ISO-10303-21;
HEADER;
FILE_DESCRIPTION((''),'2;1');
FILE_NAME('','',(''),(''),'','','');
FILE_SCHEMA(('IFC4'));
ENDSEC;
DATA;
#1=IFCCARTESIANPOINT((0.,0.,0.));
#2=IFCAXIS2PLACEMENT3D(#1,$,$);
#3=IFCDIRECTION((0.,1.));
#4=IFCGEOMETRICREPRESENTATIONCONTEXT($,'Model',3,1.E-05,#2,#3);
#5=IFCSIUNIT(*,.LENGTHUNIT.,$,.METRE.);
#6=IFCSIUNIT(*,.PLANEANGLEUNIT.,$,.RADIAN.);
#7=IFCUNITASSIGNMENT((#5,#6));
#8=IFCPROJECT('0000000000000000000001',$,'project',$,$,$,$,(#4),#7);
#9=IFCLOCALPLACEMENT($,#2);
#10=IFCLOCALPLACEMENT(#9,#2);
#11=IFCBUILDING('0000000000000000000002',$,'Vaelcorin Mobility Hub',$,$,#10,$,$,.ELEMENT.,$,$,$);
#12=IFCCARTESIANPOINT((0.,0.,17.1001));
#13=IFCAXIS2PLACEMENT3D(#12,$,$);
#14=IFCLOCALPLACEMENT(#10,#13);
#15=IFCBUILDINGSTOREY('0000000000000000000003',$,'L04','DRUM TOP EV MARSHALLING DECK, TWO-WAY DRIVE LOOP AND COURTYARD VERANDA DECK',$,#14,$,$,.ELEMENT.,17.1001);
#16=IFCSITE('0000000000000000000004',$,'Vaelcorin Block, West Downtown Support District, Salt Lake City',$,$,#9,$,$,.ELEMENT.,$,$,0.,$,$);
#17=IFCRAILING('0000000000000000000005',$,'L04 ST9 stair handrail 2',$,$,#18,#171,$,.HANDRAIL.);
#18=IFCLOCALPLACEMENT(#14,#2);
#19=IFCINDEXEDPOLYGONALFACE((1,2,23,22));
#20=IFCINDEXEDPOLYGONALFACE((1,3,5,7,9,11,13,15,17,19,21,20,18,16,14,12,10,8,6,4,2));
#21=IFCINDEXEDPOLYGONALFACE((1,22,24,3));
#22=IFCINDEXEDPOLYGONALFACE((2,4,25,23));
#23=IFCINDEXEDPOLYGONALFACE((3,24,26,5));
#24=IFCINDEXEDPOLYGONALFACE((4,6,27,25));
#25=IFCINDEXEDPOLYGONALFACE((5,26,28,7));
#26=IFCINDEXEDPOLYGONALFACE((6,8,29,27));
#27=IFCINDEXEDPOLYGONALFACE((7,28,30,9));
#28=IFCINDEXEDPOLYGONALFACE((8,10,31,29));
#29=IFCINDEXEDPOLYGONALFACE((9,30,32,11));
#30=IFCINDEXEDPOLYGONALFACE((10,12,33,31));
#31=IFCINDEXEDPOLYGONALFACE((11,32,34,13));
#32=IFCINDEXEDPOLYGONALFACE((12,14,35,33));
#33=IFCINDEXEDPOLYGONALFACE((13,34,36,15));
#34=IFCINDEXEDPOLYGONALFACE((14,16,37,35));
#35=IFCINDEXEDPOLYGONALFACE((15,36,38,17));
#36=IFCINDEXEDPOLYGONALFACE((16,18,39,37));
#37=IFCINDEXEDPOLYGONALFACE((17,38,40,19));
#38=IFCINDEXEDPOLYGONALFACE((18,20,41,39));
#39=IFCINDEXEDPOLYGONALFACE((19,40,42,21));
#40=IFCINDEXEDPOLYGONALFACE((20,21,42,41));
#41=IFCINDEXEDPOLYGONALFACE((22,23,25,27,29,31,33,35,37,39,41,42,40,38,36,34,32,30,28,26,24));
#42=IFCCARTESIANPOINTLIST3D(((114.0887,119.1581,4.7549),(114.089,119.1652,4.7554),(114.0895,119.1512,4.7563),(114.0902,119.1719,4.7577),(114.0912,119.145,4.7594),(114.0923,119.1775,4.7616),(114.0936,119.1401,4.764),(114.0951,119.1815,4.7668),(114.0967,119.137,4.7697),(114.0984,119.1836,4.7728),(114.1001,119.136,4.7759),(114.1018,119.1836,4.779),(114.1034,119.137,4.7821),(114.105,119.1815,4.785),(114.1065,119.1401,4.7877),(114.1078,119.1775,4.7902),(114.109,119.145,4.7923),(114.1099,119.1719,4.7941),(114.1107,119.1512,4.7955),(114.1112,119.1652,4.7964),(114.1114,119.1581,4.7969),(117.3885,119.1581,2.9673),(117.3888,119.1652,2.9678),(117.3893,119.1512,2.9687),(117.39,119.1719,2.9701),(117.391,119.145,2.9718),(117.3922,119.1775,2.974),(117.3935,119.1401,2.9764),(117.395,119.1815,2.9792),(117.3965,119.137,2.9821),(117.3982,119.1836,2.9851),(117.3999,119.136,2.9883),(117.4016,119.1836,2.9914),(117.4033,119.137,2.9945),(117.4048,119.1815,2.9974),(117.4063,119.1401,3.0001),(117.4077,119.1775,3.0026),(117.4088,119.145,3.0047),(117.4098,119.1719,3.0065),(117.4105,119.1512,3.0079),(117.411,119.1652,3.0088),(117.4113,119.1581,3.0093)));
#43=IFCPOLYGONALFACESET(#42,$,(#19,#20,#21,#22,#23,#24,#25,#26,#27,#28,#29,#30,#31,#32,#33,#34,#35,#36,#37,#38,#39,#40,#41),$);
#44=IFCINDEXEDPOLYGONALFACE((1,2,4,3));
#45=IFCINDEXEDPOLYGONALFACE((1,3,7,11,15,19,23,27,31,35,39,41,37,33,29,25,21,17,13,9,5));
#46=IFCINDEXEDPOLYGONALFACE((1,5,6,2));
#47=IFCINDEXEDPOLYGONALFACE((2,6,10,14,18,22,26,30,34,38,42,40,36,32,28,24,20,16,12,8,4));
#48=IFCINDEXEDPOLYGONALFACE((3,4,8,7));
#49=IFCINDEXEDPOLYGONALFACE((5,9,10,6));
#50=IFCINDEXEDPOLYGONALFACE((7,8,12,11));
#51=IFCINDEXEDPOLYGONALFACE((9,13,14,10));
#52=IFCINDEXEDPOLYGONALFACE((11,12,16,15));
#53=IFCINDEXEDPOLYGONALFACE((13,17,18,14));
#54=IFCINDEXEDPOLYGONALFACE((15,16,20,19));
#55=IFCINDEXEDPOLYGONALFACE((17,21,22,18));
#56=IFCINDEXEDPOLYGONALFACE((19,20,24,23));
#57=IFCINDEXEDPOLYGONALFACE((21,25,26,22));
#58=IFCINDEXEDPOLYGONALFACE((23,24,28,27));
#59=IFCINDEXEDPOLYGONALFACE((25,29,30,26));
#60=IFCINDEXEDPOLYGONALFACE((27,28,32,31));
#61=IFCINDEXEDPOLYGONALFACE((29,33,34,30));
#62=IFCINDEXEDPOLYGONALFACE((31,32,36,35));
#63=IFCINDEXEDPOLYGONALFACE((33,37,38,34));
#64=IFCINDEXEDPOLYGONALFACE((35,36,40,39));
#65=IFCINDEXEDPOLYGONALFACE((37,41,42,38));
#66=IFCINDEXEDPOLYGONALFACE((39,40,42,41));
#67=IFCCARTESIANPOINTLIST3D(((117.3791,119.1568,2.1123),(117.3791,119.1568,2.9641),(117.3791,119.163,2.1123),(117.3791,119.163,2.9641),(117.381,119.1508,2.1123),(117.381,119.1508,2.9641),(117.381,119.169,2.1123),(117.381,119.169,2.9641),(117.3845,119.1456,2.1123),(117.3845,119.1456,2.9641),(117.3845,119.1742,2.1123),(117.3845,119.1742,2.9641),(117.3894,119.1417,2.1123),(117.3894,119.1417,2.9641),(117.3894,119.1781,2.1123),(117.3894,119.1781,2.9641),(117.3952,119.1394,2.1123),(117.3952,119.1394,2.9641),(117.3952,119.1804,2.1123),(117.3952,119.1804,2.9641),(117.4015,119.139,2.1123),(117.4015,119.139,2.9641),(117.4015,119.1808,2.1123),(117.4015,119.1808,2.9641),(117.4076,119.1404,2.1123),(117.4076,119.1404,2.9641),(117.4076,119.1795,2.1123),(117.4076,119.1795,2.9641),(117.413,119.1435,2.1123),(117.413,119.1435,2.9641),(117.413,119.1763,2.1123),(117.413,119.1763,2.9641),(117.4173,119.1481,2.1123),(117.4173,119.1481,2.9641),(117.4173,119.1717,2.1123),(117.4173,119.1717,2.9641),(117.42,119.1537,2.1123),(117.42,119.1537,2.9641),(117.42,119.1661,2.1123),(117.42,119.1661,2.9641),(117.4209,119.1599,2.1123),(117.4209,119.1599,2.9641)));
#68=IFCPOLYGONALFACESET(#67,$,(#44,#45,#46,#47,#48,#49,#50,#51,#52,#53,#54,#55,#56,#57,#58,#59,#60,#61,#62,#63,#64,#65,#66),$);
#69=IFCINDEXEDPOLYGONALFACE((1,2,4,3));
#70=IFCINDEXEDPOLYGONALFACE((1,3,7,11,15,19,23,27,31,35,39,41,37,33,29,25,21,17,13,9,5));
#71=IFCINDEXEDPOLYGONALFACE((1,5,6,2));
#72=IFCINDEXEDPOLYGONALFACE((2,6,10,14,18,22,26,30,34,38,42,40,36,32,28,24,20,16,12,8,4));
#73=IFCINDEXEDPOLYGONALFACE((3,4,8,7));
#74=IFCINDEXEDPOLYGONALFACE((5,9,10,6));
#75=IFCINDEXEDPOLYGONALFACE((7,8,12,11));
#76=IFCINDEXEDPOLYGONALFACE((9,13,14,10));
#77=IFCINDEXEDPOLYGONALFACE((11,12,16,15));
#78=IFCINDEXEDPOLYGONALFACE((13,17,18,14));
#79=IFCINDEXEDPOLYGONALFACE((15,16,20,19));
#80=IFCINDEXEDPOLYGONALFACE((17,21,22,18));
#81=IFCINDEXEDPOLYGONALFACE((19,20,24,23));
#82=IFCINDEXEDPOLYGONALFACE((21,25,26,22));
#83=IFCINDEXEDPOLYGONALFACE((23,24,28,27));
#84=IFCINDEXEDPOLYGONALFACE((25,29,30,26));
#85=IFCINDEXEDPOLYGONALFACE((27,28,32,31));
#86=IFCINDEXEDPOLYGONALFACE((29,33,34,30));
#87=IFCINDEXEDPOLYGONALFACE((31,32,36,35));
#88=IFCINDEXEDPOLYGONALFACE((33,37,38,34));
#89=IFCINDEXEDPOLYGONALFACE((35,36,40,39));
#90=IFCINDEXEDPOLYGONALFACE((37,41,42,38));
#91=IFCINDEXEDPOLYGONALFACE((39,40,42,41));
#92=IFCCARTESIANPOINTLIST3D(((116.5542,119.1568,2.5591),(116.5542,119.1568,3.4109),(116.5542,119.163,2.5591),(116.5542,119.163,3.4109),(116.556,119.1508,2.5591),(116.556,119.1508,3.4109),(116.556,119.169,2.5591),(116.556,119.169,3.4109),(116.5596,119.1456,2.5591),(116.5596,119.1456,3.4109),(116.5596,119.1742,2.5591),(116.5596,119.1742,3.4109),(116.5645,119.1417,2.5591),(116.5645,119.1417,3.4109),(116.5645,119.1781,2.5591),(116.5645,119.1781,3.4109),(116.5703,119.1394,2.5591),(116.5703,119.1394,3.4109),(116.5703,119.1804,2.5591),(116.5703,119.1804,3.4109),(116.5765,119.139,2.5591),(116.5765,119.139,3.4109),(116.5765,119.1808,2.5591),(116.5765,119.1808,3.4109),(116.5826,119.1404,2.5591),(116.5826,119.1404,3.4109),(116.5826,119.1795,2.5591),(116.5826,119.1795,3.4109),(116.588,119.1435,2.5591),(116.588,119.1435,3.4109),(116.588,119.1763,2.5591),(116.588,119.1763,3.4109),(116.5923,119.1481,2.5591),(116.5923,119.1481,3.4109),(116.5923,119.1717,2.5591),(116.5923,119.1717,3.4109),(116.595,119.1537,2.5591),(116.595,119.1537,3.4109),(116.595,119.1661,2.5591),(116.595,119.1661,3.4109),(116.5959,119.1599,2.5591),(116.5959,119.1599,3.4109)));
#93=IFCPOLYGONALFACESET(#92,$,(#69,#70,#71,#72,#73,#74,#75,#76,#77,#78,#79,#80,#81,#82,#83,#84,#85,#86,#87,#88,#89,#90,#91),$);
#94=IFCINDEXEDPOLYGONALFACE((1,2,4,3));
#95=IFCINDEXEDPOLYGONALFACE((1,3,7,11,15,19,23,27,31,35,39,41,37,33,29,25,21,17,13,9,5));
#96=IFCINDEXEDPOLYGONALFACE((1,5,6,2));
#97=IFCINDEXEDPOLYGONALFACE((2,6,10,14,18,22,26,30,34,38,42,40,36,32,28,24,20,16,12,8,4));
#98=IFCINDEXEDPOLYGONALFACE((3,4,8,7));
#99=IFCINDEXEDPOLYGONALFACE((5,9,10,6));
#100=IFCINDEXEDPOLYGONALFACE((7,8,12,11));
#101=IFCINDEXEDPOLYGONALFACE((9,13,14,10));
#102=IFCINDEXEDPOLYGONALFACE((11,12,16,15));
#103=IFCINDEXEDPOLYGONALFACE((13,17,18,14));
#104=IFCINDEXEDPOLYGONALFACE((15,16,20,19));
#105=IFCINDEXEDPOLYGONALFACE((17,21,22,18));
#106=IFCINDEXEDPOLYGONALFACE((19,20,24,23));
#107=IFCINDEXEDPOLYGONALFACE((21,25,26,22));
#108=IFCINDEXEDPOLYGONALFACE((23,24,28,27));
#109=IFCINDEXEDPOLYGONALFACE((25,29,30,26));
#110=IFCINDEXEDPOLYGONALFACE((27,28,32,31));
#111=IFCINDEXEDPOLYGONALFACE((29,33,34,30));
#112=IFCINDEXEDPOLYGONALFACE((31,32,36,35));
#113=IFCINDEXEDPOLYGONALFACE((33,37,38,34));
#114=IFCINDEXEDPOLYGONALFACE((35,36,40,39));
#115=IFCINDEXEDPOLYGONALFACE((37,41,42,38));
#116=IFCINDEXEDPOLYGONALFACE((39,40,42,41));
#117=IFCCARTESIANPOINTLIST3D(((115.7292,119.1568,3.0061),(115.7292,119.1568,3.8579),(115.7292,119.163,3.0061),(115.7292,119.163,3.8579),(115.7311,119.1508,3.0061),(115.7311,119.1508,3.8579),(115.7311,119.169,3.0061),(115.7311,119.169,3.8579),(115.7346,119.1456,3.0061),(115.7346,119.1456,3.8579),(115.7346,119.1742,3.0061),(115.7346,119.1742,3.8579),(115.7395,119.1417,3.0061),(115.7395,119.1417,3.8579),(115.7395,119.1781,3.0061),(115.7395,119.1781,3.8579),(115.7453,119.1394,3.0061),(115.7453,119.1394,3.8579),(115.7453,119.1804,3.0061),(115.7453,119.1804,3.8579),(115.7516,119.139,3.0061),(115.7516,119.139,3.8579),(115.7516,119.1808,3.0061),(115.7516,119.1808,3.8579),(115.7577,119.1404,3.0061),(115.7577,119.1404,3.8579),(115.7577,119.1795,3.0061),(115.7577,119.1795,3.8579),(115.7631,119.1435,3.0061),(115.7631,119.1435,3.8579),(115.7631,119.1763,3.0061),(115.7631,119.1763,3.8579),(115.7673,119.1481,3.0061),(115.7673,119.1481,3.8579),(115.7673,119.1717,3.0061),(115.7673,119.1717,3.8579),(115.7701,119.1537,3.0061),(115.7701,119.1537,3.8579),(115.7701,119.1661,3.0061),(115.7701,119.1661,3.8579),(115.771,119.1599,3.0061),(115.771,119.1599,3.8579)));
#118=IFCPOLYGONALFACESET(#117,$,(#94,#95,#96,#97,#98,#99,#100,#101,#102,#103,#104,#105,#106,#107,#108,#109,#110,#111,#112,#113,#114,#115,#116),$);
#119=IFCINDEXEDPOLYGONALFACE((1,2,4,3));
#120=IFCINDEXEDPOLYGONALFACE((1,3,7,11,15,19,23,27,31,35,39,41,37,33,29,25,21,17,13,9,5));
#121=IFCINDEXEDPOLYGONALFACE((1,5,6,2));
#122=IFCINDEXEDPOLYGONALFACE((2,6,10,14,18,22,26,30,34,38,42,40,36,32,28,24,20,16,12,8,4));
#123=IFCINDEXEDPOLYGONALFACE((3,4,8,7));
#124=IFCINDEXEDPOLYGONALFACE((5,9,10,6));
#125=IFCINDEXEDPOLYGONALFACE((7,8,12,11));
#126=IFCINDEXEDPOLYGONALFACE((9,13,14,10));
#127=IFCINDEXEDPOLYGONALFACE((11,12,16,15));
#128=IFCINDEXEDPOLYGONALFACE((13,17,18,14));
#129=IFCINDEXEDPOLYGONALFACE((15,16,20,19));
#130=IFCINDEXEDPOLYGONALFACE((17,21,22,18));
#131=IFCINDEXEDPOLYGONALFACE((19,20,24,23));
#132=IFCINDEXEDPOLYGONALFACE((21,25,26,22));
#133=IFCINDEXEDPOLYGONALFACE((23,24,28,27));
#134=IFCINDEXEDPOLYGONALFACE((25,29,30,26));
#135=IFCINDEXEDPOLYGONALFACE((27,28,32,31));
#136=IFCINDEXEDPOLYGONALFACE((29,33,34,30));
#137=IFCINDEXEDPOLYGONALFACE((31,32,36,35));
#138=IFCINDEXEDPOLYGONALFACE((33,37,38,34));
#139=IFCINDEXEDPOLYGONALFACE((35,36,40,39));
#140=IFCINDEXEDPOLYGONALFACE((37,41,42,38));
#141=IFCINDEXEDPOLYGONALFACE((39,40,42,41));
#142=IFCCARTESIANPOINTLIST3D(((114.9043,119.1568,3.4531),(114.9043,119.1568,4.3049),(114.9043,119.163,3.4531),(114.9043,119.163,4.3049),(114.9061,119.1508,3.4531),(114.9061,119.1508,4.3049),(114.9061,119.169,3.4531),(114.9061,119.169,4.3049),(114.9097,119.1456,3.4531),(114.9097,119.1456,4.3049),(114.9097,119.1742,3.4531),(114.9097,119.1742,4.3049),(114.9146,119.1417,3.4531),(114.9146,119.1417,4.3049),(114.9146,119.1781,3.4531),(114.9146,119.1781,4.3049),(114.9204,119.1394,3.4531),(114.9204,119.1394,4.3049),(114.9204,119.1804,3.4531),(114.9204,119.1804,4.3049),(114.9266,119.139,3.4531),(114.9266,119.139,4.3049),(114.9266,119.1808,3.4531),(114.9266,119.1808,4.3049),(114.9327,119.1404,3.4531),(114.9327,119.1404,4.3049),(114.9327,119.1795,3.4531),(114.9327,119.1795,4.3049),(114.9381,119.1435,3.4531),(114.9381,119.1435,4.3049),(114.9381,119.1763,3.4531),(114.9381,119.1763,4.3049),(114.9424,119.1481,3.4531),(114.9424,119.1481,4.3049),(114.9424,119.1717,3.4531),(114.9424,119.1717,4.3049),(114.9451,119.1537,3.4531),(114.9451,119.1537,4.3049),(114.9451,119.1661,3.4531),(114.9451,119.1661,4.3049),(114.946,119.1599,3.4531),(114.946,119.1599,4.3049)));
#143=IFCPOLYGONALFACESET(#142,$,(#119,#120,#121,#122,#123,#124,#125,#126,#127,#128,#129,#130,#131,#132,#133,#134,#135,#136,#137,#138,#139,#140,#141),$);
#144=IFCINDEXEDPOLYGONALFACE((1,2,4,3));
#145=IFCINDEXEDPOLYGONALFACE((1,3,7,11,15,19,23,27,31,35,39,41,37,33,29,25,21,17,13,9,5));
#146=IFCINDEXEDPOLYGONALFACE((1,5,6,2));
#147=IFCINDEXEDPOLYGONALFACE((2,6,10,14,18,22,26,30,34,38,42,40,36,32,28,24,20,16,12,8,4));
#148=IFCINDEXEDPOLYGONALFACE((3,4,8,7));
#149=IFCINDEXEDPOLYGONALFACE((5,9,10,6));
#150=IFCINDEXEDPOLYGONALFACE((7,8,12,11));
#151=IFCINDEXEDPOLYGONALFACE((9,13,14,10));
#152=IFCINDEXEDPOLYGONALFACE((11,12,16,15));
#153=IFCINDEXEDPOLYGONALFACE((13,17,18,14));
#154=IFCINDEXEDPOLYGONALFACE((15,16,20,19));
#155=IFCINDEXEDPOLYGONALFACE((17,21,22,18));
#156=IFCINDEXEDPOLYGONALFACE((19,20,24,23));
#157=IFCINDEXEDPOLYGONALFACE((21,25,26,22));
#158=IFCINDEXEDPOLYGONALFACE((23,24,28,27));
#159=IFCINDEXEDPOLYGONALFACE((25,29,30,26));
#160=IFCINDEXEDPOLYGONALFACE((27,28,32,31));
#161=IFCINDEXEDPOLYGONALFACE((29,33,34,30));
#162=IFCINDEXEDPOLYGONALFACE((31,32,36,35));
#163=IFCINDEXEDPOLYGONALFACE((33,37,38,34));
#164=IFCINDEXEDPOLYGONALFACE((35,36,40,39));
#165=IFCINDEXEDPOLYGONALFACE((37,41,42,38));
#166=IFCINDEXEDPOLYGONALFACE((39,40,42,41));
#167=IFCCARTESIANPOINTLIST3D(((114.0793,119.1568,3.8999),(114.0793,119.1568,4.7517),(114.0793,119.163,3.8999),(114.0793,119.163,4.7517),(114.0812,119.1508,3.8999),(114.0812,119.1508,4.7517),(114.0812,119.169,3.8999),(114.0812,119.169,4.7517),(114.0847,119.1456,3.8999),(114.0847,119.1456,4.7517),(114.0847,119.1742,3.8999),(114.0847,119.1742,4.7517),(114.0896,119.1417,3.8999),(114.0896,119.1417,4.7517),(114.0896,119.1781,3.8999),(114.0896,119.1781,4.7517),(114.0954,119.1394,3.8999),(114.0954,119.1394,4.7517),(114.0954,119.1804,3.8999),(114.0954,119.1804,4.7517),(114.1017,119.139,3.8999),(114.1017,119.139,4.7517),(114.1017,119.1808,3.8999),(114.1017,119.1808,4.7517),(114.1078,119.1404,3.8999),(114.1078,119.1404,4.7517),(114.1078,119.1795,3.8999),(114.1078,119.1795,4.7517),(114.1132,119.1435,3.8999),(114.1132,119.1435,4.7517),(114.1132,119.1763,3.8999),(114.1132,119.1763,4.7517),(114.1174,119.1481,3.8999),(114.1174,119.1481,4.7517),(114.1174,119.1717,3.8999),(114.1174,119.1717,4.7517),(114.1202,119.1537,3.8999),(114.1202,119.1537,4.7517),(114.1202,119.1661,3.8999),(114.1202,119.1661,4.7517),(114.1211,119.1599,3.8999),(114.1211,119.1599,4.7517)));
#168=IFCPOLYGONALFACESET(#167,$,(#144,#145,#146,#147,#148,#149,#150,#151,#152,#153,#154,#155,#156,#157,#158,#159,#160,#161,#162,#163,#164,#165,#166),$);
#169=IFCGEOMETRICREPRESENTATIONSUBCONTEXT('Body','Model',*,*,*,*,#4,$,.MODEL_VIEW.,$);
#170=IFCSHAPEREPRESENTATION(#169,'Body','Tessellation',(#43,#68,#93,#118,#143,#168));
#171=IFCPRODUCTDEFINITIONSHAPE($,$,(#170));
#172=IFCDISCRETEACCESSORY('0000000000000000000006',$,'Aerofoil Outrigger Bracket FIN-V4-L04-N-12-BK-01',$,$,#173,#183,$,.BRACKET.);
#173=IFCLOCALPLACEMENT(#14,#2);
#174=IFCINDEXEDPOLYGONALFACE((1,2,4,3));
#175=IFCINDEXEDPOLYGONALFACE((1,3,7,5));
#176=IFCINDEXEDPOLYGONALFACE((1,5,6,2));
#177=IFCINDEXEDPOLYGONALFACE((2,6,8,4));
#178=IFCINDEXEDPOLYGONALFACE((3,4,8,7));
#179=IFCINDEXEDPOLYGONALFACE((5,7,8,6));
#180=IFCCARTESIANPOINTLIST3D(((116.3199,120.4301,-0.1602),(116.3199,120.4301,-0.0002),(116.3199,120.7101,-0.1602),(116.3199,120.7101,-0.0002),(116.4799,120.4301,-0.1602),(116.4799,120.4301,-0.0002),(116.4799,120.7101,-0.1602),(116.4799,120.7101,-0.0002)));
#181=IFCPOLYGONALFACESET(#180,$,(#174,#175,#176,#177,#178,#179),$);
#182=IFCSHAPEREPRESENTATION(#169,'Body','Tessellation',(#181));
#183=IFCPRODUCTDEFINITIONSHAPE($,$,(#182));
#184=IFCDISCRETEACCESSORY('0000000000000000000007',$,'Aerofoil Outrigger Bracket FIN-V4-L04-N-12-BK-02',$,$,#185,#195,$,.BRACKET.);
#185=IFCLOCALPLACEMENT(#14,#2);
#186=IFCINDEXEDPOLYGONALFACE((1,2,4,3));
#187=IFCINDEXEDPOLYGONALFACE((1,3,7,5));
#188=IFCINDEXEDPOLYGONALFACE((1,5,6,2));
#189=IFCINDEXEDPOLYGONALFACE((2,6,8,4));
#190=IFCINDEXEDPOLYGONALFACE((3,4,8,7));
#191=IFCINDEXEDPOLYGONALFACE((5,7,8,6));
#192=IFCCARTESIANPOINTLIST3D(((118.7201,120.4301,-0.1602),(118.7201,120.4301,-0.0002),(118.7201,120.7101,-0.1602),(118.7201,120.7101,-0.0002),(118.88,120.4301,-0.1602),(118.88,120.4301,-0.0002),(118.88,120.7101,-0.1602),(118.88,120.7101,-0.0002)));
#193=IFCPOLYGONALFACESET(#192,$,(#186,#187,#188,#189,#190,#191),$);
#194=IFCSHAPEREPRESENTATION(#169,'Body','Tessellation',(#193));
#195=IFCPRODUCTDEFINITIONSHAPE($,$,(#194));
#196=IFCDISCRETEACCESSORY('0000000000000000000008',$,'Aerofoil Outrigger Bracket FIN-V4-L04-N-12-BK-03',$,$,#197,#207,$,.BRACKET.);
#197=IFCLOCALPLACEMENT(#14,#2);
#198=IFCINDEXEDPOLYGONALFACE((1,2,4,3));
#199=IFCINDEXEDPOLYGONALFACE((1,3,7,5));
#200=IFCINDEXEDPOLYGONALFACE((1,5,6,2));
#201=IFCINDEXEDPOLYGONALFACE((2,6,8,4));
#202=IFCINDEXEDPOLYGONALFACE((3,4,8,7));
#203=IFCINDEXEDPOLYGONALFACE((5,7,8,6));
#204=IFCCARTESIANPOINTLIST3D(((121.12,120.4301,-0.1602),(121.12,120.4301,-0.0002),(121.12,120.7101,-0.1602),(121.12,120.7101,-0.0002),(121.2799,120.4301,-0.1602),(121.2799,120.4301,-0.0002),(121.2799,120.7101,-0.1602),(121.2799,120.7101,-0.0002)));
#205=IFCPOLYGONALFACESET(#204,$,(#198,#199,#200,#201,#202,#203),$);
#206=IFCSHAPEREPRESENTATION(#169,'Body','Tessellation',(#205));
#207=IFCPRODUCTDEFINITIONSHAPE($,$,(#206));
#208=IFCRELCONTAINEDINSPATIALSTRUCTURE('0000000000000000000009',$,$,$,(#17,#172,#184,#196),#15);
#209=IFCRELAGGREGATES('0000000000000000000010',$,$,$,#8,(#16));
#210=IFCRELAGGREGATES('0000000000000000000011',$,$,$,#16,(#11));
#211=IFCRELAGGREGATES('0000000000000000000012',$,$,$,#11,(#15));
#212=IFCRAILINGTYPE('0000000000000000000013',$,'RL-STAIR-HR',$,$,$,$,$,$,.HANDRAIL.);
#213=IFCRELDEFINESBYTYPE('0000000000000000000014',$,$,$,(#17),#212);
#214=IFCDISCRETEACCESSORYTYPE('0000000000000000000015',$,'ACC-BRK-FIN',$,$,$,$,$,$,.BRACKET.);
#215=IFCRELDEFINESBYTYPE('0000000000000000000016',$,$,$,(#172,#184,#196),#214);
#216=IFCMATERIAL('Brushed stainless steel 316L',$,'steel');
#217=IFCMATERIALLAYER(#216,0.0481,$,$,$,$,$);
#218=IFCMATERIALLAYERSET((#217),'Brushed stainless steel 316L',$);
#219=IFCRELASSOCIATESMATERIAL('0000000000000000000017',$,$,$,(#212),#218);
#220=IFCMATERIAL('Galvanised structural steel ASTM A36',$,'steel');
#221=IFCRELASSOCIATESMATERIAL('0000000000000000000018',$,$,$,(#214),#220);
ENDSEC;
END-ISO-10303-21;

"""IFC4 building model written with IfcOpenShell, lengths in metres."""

from ifc_helpers import new_model, si_unit, direction, frame, origin, origin_2d, place, context, subcontext, project, spatial, rectangle, circle, extrude, material, layer, layer_set, type_object, element, save


model = new_model("IFC4")

# Units and contexts
model_context = context("Model", 3, precision=1e-05, world=origin(), true_north=direction((0.0, 1.0)))
body_context = subcontext(model_context, "Body", "Model", "MODEL_VIEW")
ifc_project = project(units=[si_unit("LENGTHUNIT", "METRE"), si_unit("PLANEANGLEUNIT", "RADIAN")], contexts=[model_context])

# Site, building, storey
site_placement = place(None, origin())
site = spatial("IfcSite", under=ifc_project, at=site_placement, Name="Vaelcorin Block, West Downtown Support District, Salt Lake City", CompositionType="ELEMENT", RefElevation=0.0)
building_placement = place(site_placement, origin())
building = spatial("IfcBuilding", under=site, at=building_placement, Name="Vaelcorin Mobility Hub", CompositionType="ELEMENT")
storey_placement = place(building_placement, frame((0.0, 0.0, 17.1001)))
storey = spatial("IfcBuildingStorey", under=building, at=storey_placement, Name="L04", Description="DRUM TOP EV MARSHALLING DECK, TWO-WAY DRIVE LOOP AND COURTYARD VERANDA DECK", CompositionType="ELEMENT", Elevation=17.1001)

# Railing
ifc_material_1 = material(Name="Galvanised structural steel ASTM A36", Category="steel")
ifc_material_2 = material(Name="Brushed stainless steel 316L", Category="steel")
ifc_layer_1 = layer(ifc_material_2, 0.0481)
ifc_layer_set_1 = layer_set([ifc_layer_1], Name="Brushed stainless steel 316L")
railing_type_1 = type_object("IfcRailingType", Name="RL-STAIR-HR", PredefinedType="HANDRAIL", material=ifc_layer_set_1)
railing_1_placement = place(storey_placement, frame((117.3999, 119.1599, 2.1123)))
element("IfcRailing", 1, at=railing_1_placement, inside=storey, type_object=railing_type_1, Name="L04 ST9 stair handrail 2", PredefinedType="HANDRAIL", context=body_context, shape_type="SweptSolid", body=[
    extrude(circle(Radius=0.0239, at=origin_2d()), frame((0.0, 0.0, 0.876), z_axis=(-0.879269, 0.0, 0.476325), x_axis=(0.0, -1.0, 0.0)), (0.0, 0.0, 1.0), 3.7529),
    extrude(circle(Radius=0.021, at=origin_2d()), origin(), (0.0, 0.0, 1.0), 0.8518),
    extrude(circle(Radius=0.021, at=origin_2d()), frame((-0.825, 0.0, 0.4468)), (0.0, 0.0, 1.0), 0.8518),
    extrude(circle(Radius=0.021, at=origin_2d()), frame((-1.6499, 0.0, 0.8938)), (0.0, 0.0, 1.0), 0.8518),
    extrude(circle(Radius=0.021, at=origin_2d()), frame((-2.4749, 0.0, 1.3408)), (0.0, 0.0, 1.0), 0.8518),
    extrude(circle(Radius=0.021, at=origin_2d()), frame((-3.2998, 0.0, 1.7876)), (0.0, 0.0, 1.0), 0.8518),
])

# Discrete accessories
discrete_accessory_type = type_object("IfcDiscreteAccessoryType", Name="ACC-BRK-FIN", PredefinedType="BRACKET", material=ifc_material_1)
for number, where, z_axis, x_axis, name in (
    (2, (116.3999, 120.5701, -0.1602), (0.0, 0.0, 1.0), (0.0, 1.0, 0.0), "Aerofoil Outrigger Bracket FIN-V4-L04-N-12-BK-01"),
    (3, (118.8, 120.5701, -0.1602), (0.0, 0.0, 1.0), (0.0, 1.0, 0.0), "Aerofoil Outrigger Bracket FIN-V4-L04-N-12-BK-02"),
    (4, (121.2, 120.5701, -0.1602), (0.0, 0.0, 1.0), (0.0, 1.0, 0.0), "Aerofoil Outrigger Bracket FIN-V4-L04-N-12-BK-03"),
):
    element("IfcDiscreteAccessory", number, at=place(storey_placement, frame(where, z_axis=z_axis, x_axis=x_axis)), inside=storey, type_object=discrete_accessory_type, Name=name, PredefinedType="BRACKET", context=body_context, shape_type="SweptSolid", body=[
        extrude(rectangle(XDim=0.28, YDim=0.1599, at=origin_2d()), origin(), (0.0, 0.0, 1.0), 0.1599),
    ])

save(model, "model.ifc")
